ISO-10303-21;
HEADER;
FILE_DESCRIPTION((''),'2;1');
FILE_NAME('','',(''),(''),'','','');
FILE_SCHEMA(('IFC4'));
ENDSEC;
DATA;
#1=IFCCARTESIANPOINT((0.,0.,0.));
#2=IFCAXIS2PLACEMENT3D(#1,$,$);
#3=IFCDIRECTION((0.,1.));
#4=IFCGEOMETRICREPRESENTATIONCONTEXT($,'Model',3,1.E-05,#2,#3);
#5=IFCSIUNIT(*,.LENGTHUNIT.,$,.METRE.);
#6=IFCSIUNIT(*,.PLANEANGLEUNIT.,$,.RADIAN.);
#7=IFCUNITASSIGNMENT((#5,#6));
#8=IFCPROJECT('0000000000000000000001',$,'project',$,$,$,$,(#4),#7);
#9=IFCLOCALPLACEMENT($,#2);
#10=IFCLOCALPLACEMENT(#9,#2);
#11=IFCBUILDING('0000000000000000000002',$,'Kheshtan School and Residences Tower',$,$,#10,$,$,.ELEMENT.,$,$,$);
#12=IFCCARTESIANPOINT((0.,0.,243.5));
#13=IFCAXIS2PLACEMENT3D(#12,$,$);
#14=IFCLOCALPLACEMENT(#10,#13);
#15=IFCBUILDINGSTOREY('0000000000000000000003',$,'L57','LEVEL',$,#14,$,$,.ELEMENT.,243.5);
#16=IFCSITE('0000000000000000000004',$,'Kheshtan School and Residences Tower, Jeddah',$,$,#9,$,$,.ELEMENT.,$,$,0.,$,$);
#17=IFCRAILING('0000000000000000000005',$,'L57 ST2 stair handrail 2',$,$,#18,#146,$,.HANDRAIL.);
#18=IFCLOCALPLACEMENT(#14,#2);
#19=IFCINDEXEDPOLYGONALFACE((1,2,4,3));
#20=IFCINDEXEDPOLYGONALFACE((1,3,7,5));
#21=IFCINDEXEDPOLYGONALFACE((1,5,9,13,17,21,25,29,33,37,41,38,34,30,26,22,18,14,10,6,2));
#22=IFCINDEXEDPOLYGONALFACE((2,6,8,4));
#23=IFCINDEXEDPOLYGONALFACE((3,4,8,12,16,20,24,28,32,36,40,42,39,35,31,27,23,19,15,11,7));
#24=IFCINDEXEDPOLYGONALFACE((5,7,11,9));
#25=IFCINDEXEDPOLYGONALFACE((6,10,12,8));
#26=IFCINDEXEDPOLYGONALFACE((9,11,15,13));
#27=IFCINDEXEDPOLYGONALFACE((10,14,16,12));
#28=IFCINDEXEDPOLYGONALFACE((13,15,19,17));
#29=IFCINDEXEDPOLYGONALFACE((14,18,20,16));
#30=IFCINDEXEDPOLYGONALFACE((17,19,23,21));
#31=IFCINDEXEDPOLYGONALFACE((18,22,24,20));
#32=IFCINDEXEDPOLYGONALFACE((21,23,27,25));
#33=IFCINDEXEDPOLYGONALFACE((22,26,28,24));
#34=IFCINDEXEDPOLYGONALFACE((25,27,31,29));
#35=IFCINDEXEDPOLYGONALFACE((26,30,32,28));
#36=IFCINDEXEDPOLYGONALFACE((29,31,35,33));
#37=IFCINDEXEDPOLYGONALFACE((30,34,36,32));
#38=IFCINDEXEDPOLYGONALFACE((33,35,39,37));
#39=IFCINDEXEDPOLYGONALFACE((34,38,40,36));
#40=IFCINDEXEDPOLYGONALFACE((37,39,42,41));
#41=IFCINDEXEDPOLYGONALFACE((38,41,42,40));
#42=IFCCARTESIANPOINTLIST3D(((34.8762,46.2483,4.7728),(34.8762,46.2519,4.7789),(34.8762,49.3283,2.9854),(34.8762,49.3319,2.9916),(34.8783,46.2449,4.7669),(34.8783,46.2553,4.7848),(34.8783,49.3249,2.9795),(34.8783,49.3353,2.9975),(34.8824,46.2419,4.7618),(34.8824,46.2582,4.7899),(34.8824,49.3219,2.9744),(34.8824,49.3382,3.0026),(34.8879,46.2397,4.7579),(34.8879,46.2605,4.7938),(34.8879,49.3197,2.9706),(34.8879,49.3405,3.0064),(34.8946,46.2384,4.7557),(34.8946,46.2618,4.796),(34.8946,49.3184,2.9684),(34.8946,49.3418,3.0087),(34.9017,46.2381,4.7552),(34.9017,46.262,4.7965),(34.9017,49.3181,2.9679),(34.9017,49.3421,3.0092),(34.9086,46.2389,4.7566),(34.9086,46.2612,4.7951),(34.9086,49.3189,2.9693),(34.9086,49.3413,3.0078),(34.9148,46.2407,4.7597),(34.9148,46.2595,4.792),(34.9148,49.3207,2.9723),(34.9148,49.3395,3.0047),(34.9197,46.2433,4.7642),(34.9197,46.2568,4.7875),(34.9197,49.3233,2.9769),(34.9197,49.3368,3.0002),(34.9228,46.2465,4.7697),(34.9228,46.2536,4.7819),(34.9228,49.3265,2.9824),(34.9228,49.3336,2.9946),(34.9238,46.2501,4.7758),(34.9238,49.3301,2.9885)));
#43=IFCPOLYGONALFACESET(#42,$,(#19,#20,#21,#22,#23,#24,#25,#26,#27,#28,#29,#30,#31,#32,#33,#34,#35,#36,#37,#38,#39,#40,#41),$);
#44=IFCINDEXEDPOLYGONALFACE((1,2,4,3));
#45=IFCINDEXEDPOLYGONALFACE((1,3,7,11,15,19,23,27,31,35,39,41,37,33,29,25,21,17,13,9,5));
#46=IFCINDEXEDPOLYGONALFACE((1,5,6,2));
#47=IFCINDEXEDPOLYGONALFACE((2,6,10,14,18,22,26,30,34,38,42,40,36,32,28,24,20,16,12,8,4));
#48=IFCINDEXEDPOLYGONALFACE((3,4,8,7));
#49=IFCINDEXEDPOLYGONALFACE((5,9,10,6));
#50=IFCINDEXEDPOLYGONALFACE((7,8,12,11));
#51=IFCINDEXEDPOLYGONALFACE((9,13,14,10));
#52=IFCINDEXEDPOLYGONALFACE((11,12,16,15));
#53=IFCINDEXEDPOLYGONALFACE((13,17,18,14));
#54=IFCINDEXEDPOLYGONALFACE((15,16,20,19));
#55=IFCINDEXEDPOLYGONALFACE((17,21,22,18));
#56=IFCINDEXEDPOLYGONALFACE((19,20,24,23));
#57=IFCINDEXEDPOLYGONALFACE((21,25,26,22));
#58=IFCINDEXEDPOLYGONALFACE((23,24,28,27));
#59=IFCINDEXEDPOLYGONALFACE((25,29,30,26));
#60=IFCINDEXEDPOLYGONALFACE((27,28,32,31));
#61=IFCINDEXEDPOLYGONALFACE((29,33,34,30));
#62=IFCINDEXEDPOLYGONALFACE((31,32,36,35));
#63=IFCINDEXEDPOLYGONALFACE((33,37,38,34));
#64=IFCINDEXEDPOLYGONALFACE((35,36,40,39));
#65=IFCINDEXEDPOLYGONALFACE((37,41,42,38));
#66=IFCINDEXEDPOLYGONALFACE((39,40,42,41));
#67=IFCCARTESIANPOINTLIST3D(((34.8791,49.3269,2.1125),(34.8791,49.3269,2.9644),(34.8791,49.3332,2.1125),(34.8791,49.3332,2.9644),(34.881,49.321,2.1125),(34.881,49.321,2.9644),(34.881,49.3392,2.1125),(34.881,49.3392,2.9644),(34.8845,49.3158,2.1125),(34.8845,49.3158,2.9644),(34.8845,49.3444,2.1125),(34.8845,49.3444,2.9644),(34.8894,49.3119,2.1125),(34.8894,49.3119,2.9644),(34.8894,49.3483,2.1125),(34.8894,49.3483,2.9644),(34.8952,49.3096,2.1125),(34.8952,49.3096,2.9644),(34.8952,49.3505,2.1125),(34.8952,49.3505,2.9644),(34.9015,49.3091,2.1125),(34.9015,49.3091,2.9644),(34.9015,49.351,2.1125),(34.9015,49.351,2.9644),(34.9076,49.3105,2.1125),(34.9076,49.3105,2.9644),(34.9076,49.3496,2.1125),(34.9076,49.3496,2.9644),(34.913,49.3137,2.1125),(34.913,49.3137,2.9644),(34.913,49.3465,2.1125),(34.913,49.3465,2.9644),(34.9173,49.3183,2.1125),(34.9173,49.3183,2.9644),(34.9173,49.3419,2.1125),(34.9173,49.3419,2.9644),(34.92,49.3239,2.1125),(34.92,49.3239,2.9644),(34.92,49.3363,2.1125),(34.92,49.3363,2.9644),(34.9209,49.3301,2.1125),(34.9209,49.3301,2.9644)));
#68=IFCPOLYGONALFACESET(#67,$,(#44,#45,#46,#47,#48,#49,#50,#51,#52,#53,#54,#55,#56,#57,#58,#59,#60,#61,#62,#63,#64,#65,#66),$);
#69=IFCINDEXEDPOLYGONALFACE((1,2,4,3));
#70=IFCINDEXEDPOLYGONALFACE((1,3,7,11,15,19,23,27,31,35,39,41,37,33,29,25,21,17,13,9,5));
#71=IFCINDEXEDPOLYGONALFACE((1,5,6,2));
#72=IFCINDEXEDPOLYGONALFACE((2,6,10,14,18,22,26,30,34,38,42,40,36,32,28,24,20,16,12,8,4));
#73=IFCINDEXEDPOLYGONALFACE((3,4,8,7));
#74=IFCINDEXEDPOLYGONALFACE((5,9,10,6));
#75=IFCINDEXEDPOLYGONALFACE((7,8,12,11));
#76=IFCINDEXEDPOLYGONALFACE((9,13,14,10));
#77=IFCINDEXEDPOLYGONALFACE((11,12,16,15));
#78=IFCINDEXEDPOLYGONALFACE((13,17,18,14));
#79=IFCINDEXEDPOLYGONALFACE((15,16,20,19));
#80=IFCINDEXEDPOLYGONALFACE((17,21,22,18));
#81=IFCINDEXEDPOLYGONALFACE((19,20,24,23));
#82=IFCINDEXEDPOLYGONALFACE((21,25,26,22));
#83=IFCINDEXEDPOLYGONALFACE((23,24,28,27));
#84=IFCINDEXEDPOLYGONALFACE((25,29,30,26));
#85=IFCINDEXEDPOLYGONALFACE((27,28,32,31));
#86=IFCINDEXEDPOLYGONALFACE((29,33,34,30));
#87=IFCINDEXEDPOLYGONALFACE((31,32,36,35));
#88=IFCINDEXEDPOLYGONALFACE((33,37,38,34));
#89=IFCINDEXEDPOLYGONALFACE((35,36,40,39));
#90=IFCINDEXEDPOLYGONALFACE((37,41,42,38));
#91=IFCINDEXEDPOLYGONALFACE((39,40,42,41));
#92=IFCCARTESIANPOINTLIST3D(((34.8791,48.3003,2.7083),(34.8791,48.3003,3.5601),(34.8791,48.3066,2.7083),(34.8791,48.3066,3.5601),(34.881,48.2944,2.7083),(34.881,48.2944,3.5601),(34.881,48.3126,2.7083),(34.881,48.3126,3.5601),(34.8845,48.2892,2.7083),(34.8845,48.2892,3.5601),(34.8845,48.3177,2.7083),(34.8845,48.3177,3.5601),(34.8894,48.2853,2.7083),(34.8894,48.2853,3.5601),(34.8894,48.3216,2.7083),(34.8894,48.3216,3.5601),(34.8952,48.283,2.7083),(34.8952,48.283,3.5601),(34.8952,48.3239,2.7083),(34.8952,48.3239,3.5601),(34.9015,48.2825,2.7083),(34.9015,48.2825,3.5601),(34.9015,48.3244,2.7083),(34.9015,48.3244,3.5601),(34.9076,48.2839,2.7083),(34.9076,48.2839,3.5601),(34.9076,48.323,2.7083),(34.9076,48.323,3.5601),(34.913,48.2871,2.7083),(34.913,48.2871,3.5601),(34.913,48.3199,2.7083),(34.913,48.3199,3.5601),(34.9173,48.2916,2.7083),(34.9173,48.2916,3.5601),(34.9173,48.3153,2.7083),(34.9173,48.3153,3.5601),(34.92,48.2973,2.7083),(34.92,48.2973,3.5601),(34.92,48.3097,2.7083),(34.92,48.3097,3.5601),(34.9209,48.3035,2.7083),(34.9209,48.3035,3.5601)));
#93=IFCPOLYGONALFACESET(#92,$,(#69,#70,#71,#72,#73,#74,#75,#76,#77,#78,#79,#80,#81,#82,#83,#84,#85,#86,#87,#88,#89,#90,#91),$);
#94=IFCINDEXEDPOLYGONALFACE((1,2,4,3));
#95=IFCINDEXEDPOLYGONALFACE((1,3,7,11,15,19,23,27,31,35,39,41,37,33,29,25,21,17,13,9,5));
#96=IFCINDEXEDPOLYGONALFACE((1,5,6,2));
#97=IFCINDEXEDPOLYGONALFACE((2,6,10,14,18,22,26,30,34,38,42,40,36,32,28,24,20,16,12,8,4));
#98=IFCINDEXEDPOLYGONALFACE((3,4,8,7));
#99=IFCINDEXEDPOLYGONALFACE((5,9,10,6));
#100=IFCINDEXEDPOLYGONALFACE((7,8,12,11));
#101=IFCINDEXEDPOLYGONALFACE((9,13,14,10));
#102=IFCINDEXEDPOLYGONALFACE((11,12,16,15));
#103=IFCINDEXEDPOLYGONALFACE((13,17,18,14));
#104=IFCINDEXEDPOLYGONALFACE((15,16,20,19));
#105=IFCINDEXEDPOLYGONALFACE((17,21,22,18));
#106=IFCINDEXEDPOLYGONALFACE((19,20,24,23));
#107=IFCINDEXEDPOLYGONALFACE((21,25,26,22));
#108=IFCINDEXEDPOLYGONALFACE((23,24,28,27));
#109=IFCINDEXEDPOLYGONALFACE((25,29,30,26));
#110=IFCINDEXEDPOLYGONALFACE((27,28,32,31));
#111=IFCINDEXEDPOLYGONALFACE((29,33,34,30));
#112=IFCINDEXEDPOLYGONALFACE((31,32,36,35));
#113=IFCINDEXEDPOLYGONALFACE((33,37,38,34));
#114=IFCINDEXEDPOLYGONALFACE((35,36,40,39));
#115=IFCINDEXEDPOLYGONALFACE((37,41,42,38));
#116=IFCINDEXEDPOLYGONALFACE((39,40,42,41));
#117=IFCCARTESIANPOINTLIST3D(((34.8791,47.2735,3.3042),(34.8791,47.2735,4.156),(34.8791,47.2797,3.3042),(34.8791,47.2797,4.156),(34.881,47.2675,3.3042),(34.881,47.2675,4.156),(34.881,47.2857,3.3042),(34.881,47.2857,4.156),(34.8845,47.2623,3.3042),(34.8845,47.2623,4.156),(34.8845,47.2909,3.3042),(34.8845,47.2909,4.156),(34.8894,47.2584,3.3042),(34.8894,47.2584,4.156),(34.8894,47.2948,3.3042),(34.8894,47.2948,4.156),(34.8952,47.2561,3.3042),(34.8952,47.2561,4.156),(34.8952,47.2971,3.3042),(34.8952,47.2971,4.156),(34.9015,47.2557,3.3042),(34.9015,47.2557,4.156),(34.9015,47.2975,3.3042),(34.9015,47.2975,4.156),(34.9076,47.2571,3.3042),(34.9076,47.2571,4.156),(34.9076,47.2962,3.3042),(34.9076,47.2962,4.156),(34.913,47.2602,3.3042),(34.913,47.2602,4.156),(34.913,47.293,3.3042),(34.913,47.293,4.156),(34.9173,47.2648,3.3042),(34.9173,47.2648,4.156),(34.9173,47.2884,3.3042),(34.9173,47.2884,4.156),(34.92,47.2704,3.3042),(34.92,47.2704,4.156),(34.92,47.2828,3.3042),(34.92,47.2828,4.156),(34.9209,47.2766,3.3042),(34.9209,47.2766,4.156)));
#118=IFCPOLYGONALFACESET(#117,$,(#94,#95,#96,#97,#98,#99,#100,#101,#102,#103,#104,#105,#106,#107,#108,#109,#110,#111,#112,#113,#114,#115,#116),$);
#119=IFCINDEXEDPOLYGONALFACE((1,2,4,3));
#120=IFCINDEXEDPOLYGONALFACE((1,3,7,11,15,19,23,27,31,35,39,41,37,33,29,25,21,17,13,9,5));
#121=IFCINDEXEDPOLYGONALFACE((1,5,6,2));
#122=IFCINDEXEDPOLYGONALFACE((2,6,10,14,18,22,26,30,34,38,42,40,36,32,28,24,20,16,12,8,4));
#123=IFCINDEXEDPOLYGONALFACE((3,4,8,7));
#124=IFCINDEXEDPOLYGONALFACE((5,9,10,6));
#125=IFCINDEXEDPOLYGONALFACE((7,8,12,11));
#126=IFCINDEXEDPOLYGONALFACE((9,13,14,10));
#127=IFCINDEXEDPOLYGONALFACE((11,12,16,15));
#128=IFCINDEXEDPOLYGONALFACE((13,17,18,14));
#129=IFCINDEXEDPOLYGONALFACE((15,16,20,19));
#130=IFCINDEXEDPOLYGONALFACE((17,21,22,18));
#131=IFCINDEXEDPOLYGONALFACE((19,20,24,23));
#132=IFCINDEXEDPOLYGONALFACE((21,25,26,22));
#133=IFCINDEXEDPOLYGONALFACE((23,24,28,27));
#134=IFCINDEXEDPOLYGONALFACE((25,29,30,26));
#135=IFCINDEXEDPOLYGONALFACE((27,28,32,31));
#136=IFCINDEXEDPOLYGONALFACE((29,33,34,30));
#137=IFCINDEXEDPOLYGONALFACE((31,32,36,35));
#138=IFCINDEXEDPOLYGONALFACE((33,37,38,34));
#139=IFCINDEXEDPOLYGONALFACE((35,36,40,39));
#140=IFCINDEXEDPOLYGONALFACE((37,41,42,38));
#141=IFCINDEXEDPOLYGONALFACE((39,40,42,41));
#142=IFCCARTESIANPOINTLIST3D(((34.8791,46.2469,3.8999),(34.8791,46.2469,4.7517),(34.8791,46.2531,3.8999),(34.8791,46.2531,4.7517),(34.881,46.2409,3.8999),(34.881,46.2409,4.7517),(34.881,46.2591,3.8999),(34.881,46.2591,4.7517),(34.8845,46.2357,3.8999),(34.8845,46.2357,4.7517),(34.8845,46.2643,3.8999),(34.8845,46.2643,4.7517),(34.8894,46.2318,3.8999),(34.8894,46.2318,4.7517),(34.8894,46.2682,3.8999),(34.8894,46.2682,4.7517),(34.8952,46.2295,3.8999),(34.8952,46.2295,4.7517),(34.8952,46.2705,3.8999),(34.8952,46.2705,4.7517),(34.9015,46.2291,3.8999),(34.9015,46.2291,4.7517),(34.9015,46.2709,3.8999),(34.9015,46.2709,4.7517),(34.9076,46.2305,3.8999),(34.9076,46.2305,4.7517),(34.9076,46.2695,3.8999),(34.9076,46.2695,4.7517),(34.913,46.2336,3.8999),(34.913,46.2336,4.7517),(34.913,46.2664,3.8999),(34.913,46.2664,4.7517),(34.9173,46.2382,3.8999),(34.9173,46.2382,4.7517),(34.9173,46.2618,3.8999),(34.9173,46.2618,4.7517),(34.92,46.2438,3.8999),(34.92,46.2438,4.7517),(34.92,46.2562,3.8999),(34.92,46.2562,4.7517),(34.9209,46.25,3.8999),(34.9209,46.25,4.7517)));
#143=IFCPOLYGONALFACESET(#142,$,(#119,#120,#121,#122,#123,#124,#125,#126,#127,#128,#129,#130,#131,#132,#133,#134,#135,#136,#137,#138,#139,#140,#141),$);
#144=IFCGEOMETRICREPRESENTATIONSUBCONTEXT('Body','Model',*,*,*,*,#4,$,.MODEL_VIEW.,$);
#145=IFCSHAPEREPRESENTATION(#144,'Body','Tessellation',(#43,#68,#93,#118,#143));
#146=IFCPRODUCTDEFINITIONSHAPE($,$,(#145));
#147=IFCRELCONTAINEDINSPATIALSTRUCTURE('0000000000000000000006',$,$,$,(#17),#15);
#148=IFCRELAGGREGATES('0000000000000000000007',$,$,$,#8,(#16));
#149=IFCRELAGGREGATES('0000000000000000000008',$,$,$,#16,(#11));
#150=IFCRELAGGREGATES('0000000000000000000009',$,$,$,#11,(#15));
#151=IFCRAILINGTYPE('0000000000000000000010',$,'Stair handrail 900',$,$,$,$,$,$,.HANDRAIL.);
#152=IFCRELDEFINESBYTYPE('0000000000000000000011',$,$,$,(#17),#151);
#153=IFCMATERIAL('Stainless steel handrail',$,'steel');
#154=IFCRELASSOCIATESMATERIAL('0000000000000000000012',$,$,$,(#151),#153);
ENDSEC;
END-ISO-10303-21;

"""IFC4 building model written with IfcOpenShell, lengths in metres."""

from ifc_helpers import new_model, si_unit, direction, frame, origin, origin_2d, place, context, subcontext, project, spatial, circle, extrude, material, type_object, element, save


model = new_model("IFC4")

# Units and contexts
model_context = context("Model", 3, precision=1e-05, world=origin(), true_north=direction((0.0, 1.0)))
body_context = subcontext(model_context, "Body", "Model", "MODEL_VIEW")
ifc_project = project(units=[si_unit("LENGTHUNIT", "METRE"), si_unit("PLANEANGLEUNIT", "RADIAN")], contexts=[model_context])

# Site, building, storey
site_placement = place(None, origin())
site = spatial("IfcSite", under=ifc_project, at=site_placement, Name="Kheshtan School and Residences Tower, Jeddah", CompositionType="ELEMENT", RefElevation=0.0)
building_placement = place(site_placement, origin())
building = spatial("IfcBuilding", under=site, at=building_placement, Name="Kheshtan School and Residences Tower", CompositionType="ELEMENT")
storey_placement = place(building_placement, frame((0.0, 0.0, 243.5)))
storey = spatial("IfcBuildingStorey", under=building, at=storey_placement, Name="L57", Description="LEVEL", CompositionType="ELEMENT", Elevation=243.5)

# Railing
ifc_material_1 = material(Name="Stainless steel handrail", Category="steel")
railing_type_1 = type_object("IfcRailingType", Name="Stair handrail 900", PredefinedType="HANDRAIL", material=ifc_material_1)
railing_1_placement = place(storey_placement, frame((34.8999, 49.3301, 2.1125)))
element("IfcRailing", 1, at=railing_1_placement, inside=storey, type_object=railing_type_1, Name="L57 ST2 stair handrail 2", PredefinedType="HANDRAIL", context=body_context, shape_type="SweptSolid", body=[
    extrude(circle(Radius=0.0239, at=origin_2d()), frame((0.0, 0.0, 0.876), z_axis=(0.0, -0.86492, 0.501909), x_axis=(1.0, 0.0, 0.0)), (0.0, 0.0, 1.0), 3.561),
    extrude(circle(Radius=0.021, at=origin_2d()), origin(), (0.0, 0.0, 1.0), 0.8518),
    extrude(circle(Radius=0.021, at=origin_2d()), frame((0.0, -1.0266, 0.5957)), (0.0, 0.0, 1.0), 0.8518),
    extrude(circle(Radius=0.021, at=origin_2d()), frame((0.0, -2.0535, 1.1917)), (0.0, 0.0, 1.0), 0.8518),
    extrude(circle(Radius=0.021, at=origin_2d()), frame((0.0, -3.0801, 1.7874)), (0.0, 0.0, 1.0), 0.8518),
])

save(model, "model.ifc")
